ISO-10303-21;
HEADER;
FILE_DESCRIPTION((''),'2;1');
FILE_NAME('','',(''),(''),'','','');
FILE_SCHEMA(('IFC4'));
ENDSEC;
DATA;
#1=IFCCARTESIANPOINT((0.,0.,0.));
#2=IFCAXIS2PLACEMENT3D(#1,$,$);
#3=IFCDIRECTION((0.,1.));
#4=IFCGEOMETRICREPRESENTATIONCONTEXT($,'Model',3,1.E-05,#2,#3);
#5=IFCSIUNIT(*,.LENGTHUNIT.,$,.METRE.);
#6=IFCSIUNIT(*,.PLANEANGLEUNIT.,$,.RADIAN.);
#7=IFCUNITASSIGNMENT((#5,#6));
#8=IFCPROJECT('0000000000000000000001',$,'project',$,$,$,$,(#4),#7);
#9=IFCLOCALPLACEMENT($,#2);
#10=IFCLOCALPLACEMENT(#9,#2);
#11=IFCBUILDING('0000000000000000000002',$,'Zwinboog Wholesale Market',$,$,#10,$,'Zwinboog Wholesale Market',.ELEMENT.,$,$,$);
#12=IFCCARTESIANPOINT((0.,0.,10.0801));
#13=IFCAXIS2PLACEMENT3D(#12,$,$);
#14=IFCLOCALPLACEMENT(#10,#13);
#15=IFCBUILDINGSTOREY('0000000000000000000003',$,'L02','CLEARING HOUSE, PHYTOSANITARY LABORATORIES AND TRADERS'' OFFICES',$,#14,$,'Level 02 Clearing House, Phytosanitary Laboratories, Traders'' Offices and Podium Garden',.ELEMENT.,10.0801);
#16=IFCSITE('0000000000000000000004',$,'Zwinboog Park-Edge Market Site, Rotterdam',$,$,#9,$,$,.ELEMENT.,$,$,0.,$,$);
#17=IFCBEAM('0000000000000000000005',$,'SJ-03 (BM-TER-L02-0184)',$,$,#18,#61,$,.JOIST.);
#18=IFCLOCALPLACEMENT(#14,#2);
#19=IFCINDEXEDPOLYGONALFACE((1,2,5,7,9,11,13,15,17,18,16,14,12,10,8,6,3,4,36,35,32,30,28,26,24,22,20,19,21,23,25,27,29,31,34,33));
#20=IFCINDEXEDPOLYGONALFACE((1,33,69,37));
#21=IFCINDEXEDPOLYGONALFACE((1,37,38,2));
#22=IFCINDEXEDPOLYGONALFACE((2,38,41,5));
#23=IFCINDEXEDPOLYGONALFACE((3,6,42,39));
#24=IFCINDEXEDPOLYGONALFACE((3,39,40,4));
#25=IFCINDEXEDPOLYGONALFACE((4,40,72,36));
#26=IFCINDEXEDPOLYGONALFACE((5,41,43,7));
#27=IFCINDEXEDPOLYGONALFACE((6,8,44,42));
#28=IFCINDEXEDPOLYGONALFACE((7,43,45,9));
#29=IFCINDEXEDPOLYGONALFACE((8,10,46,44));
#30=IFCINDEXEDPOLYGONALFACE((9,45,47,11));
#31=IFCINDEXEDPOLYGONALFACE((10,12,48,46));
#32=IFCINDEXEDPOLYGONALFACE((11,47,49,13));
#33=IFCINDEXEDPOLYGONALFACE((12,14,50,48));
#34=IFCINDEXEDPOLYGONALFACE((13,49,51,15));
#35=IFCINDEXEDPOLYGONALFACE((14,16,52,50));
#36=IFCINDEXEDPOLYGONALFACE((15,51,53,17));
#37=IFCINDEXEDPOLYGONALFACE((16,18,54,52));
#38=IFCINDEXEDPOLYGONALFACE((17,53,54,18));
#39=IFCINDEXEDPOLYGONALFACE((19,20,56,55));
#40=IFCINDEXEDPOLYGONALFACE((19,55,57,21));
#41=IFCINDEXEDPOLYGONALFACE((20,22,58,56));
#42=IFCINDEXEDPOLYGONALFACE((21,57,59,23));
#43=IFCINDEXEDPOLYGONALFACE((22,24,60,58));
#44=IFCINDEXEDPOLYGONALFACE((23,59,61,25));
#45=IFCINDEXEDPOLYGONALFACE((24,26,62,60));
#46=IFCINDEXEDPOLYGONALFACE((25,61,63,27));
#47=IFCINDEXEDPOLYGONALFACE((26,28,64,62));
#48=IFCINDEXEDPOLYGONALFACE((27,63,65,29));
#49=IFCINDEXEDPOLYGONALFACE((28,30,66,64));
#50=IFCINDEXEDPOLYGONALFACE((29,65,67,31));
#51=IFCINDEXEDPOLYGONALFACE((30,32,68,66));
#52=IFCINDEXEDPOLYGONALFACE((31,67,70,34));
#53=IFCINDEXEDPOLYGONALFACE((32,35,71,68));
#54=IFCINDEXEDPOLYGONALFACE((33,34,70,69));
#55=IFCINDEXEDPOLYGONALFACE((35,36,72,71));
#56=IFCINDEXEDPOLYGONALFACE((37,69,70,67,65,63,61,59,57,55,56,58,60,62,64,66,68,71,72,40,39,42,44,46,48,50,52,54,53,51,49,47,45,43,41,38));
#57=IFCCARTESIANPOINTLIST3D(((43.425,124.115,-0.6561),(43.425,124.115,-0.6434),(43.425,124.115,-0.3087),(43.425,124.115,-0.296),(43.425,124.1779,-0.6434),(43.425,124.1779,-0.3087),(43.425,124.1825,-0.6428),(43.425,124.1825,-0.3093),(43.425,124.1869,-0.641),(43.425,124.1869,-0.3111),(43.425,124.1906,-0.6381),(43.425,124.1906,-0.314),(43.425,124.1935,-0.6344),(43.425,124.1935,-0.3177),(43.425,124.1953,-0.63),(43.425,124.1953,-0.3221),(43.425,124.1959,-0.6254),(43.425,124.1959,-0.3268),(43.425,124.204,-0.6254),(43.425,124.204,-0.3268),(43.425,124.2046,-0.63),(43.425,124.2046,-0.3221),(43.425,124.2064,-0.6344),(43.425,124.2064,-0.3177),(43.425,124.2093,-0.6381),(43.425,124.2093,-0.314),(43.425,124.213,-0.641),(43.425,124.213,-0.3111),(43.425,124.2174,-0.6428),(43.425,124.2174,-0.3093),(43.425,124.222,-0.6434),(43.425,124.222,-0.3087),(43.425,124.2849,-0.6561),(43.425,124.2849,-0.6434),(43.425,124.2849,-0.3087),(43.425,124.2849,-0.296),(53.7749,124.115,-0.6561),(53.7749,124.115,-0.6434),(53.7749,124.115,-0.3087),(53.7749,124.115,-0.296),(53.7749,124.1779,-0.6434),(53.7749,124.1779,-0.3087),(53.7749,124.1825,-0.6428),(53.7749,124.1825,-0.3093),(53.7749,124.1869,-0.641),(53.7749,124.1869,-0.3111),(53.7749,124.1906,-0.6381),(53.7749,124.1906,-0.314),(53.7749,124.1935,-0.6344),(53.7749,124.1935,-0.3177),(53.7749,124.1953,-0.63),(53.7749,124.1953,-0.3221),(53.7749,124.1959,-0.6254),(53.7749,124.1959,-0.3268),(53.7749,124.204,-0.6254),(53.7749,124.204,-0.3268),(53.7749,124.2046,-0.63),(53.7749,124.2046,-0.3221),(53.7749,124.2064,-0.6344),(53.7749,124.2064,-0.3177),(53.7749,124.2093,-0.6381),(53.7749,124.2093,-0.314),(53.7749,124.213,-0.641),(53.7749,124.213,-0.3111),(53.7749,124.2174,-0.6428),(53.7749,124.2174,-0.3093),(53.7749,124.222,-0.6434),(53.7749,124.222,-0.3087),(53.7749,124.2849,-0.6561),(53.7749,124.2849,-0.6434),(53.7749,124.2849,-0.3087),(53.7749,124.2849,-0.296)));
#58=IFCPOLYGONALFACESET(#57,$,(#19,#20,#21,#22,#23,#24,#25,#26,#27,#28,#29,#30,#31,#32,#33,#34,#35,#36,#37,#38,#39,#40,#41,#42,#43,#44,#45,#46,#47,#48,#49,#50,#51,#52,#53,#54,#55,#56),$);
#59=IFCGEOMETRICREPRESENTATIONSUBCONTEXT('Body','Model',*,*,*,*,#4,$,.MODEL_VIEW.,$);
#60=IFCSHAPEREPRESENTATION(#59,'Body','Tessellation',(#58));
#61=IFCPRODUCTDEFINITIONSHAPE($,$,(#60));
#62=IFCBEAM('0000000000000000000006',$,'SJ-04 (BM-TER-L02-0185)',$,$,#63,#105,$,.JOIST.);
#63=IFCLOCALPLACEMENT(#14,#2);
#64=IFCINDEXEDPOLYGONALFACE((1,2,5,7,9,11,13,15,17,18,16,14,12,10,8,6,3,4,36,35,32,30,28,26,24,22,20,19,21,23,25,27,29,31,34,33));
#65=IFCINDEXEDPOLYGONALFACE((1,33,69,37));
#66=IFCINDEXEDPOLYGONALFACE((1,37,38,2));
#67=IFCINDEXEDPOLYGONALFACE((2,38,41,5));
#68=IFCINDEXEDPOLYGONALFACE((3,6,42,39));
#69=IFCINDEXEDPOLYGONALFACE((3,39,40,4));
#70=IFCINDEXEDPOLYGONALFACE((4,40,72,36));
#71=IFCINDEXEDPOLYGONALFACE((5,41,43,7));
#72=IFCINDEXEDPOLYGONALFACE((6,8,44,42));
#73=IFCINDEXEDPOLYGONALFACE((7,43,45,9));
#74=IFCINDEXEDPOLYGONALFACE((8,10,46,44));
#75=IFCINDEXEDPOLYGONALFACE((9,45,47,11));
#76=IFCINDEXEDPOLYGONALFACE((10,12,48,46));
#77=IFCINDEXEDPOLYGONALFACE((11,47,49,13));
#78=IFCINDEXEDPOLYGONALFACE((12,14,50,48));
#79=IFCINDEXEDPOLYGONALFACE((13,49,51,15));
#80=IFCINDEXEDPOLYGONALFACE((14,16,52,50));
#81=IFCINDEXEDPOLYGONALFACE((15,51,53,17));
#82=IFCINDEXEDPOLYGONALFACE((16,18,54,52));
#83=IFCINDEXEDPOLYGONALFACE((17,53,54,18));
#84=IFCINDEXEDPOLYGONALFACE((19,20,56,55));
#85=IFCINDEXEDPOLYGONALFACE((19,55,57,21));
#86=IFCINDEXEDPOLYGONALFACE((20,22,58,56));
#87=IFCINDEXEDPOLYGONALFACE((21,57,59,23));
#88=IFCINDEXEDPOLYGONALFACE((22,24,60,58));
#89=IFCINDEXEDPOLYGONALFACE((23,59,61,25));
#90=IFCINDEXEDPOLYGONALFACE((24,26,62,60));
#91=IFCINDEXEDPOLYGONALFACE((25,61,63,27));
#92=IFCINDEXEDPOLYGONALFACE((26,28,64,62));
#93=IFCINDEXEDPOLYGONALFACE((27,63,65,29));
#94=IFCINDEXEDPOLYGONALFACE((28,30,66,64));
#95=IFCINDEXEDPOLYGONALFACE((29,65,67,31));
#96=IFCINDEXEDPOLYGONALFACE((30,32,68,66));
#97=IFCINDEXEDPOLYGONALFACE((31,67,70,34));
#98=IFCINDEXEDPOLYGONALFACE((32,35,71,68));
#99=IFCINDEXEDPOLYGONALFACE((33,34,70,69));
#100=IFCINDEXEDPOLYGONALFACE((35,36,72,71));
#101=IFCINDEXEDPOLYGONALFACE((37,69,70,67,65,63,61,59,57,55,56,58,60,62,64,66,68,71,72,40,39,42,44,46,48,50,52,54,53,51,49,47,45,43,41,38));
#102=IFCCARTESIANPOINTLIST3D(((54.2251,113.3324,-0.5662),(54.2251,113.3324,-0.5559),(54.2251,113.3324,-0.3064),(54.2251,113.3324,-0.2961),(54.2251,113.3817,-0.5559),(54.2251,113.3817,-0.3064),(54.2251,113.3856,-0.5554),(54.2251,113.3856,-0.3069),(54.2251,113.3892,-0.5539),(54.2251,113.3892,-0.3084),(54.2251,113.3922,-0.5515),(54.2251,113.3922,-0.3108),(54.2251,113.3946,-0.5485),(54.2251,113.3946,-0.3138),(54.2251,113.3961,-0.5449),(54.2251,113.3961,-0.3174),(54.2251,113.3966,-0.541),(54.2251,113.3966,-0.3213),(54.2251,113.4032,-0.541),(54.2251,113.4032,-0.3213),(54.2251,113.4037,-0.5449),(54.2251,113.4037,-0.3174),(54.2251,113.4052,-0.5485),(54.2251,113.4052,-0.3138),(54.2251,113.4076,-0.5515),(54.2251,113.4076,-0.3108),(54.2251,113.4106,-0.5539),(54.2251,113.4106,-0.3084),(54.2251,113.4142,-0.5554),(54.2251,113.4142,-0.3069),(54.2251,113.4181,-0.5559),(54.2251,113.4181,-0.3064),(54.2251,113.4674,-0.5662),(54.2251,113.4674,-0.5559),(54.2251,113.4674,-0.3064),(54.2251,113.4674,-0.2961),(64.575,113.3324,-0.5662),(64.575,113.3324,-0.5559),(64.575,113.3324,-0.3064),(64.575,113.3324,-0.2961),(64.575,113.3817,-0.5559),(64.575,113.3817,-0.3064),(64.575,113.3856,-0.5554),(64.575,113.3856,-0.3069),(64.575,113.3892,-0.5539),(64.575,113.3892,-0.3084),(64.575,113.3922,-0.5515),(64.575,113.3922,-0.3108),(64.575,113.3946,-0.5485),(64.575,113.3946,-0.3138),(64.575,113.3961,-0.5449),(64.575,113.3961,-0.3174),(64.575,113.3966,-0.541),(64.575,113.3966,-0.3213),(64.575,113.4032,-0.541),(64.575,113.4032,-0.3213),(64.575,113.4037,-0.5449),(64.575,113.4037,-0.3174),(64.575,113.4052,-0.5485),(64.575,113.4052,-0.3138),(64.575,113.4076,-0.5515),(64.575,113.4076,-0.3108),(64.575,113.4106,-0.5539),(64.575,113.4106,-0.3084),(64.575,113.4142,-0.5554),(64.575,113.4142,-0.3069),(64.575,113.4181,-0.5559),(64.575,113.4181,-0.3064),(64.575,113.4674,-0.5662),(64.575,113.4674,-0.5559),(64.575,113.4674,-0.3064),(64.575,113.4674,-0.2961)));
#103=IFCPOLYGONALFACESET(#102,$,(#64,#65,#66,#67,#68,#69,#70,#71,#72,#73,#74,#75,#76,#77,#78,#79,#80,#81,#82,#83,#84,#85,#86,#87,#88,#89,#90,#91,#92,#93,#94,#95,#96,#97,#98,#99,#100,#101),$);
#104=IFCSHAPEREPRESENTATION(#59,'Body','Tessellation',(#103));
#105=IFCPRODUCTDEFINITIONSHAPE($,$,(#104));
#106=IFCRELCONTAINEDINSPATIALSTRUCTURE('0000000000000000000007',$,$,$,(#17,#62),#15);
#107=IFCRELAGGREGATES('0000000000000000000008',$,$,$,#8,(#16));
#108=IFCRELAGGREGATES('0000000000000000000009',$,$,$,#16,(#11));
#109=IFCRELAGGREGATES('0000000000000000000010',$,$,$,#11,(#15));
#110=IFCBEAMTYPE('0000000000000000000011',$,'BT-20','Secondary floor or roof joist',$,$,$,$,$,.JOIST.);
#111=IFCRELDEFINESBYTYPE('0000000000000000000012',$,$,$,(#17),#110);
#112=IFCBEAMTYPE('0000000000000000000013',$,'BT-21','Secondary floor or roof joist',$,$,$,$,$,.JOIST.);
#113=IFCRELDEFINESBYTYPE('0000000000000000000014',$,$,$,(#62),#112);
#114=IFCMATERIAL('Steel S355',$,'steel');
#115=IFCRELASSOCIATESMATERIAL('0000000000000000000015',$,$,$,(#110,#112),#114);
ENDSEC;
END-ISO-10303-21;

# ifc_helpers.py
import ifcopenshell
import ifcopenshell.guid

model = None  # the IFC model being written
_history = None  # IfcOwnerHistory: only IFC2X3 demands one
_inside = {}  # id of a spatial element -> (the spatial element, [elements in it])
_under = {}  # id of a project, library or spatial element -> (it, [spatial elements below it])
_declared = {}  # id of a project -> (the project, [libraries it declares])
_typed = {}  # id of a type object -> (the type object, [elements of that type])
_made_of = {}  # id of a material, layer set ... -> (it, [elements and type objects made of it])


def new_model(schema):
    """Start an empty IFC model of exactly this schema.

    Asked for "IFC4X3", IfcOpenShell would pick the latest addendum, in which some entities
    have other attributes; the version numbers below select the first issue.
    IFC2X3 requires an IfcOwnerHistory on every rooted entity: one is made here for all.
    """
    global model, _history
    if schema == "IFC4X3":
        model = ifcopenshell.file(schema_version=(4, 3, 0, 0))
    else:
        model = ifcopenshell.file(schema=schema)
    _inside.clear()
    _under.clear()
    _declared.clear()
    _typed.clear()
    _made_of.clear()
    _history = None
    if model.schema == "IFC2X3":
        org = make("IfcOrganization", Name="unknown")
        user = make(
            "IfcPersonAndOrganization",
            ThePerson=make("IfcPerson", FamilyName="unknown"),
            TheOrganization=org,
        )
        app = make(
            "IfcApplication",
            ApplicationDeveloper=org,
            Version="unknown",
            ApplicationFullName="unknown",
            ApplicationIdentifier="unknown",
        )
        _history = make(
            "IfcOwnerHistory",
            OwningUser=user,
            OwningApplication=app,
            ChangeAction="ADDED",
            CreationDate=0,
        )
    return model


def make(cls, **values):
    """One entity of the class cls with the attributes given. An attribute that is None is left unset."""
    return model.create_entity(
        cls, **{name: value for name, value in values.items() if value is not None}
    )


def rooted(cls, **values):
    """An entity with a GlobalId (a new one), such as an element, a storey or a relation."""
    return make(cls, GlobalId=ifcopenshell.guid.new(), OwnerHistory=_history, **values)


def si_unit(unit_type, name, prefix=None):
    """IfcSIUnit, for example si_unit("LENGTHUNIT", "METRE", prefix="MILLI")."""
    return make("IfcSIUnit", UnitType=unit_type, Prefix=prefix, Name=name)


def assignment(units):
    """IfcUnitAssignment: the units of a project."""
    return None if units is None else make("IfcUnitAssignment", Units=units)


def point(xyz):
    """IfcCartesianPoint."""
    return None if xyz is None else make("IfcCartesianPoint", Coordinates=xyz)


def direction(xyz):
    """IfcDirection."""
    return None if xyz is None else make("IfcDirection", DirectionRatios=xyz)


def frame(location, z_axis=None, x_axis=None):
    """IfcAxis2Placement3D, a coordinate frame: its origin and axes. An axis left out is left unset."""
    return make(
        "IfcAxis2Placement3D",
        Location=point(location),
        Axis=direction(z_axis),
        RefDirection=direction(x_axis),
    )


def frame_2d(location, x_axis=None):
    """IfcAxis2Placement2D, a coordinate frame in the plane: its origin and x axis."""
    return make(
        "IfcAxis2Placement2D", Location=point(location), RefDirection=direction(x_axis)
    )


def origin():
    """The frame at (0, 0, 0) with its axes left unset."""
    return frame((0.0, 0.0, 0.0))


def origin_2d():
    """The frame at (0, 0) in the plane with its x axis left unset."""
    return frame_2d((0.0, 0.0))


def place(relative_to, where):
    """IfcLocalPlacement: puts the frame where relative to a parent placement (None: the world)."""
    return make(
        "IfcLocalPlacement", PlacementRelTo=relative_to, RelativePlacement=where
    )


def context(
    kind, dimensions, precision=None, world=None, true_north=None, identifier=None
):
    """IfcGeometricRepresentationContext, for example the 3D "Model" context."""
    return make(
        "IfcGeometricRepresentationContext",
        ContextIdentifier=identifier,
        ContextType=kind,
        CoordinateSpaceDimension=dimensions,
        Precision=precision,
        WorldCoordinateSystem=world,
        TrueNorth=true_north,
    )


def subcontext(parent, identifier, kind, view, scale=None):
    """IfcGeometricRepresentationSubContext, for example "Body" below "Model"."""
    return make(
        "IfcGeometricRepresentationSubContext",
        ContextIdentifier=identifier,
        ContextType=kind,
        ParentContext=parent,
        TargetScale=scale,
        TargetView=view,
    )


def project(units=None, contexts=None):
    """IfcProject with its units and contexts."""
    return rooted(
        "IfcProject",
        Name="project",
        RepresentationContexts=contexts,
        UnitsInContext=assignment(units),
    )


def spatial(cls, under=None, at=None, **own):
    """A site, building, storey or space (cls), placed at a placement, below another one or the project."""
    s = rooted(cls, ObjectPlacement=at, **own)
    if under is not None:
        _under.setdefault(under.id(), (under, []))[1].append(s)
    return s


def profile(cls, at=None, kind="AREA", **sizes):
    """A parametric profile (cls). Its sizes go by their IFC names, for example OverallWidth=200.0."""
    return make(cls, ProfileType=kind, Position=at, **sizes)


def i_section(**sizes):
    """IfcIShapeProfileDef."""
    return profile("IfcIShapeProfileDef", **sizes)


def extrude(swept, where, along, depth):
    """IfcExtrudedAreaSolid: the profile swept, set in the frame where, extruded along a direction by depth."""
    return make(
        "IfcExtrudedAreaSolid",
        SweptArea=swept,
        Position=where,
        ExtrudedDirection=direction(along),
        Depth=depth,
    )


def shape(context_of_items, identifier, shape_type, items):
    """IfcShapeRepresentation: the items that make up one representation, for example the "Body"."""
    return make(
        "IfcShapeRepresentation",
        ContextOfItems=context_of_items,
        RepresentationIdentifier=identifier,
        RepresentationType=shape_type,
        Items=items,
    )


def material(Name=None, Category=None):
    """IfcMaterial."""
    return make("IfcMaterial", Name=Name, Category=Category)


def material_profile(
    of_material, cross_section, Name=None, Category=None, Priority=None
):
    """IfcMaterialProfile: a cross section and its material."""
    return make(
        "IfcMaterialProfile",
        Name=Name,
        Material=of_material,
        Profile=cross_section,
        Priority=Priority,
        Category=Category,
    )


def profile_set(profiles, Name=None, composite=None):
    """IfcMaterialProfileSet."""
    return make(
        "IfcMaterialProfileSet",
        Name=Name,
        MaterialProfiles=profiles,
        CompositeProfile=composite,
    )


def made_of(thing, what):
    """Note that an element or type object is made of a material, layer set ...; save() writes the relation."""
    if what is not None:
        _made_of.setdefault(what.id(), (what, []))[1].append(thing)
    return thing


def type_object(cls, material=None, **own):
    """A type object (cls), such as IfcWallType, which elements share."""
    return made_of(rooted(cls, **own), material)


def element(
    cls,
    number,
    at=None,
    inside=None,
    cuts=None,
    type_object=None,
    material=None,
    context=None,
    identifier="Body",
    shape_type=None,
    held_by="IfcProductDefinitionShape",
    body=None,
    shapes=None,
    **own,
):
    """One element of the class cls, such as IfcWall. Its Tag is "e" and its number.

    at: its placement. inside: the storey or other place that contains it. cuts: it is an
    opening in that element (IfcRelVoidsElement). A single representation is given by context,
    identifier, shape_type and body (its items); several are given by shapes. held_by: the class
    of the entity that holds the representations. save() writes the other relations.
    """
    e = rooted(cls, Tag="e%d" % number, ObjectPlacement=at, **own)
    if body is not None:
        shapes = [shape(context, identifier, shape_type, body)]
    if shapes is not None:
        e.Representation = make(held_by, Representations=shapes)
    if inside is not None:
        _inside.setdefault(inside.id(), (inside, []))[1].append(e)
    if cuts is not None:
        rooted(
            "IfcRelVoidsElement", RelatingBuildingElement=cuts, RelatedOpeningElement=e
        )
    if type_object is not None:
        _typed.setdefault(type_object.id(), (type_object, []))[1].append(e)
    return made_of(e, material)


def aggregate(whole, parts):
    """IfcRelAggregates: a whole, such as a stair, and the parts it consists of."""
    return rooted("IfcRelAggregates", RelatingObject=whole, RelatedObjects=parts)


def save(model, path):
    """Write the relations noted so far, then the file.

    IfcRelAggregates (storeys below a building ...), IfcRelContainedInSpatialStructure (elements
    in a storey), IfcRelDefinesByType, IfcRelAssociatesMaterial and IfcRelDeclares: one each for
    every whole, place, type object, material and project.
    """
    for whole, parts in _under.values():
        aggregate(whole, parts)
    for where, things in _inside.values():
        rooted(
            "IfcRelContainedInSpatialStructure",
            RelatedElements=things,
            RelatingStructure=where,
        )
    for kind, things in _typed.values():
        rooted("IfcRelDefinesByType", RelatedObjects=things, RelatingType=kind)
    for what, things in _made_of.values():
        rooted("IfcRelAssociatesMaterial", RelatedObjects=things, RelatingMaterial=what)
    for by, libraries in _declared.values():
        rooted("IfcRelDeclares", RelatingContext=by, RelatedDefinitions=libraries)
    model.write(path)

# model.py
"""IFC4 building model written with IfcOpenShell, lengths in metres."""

from ifc_helpers import new_model, si_unit, direction, frame, origin, origin_2d, place, context, subcontext, project, spatial, i_section, extrude, material, material_profile, profile_set, type_object, element, save


model = new_model("IFC4")

# Units and contexts
model_context = context("Model", 3, precision=1e-05, world=origin(), true_north=direction((0.0, 1.0)))
body_context = subcontext(model_context, "Body", "Model", "MODEL_VIEW")
ifc_project = project(units=[si_unit("LENGTHUNIT", "METRE"), si_unit("PLANEANGLEUNIT", "RADIAN")], contexts=[model_context])

# Site, building, storey
site_placement = place(None, origin())
site = spatial("IfcSite", under=ifc_project, at=site_placement, Name="Zwinboog Park-Edge Market Site, Rotterdam", CompositionType="ELEMENT", RefElevation=0.0)
building_placement = place(site_placement, origin())
building = spatial("IfcBuilding", under=site, at=building_placement, Name="Zwinboog Wholesale Market", LongName="Zwinboog Wholesale Market", CompositionType="ELEMENT")
storey_placement = place(building_placement, frame((0.0, 0.0, 10.0801)))
storey = spatial("IfcBuildingStorey", under=building, at=storey_placement, Name="L02", Description="CLEARING HOUSE, PHYTOSANITARY LABORATORIES AND TRADERS' OFFICES", LongName="Level 02 Clearing House, Phytosanitary Laboratories, Traders' Offices and Podium Garden", CompositionType="ELEMENT", Elevation=10.0801)

# Beams
ifc_material_1 = material(Name="Steel S355", Category="steel")
ifc_material_profile_1 = material_profile(ifc_material_1, i_section(OverallWidth=0.1699, OverallDepth=0.3601, WebThickness=0.0081, FlangeThickness=0.0127, FilletRadius=0.0181, at=origin_2d()), Name="IPE 360")
ifc_profile_set_1 = profile_set([ifc_material_profile_1], Name="Steel S355")
beam_type_1 = type_object("IfcBeamType", Name="BT-20", Description="Secondary floor or roof joist", PredefinedType="JOIST", material=ifc_profile_set_1)
beam_1_placement = place(storey_placement, frame((43.425, 124.2, -0.4761), z_axis=(1.0, 0.0, 0.0), x_axis=(0.0, 1.0, 0.0)))
element("IfcBeam", 1, at=beam_1_placement, inside=storey, type_object=beam_type_1, Name="SJ-03 (BM-TER-L02-0184)", PredefinedType="JOIST", context=body_context, shape_type="SweptSolid", body=[
    extrude(i_section(OverallWidth=0.1699, OverallDepth=0.3601, WebThickness=0.0081, FlangeThickness=0.0127, FilletRadius=0.0181, at=origin_2d()), origin(), (0.0, 0.0, 1.0), 10.3499),
])
ifc_material_profile_2 = material_profile(ifc_material_1, i_section(OverallWidth=0.135, OverallDepth=0.27, WebThickness=0.0066, FlangeThickness=0.0103, FilletRadius=0.0149, at=origin_2d()), Name="IPE 270")
ifc_profile_set_2 = profile_set([ifc_material_profile_2], Name="Steel S355")
beam_type_2 = type_object("IfcBeamType", Name="BT-21", Description="Secondary floor or roof joist", PredefinedType="JOIST", material=ifc_profile_set_2)
beam_2_placement = place(storey_placement, frame((54.2251, 113.3999, -0.4312), z_axis=(1.0, 0.0, 0.0), x_axis=(0.0, 1.0, 0.0)))
element("IfcBeam", 2, at=beam_2_placement, inside=storey, type_object=beam_type_2, Name="SJ-04 (BM-TER-L02-0185)", PredefinedType="JOIST", context=body_context, shape_type="SweptSolid", body=[
    extrude(i_section(OverallWidth=0.135, OverallDepth=0.27, WebThickness=0.0066, FlangeThickness=0.0103, FilletRadius=0.0149, at=origin_2d()), origin(), (0.0, 0.0, 1.0), 10.3499),
])

save(model, "model.ifc")
